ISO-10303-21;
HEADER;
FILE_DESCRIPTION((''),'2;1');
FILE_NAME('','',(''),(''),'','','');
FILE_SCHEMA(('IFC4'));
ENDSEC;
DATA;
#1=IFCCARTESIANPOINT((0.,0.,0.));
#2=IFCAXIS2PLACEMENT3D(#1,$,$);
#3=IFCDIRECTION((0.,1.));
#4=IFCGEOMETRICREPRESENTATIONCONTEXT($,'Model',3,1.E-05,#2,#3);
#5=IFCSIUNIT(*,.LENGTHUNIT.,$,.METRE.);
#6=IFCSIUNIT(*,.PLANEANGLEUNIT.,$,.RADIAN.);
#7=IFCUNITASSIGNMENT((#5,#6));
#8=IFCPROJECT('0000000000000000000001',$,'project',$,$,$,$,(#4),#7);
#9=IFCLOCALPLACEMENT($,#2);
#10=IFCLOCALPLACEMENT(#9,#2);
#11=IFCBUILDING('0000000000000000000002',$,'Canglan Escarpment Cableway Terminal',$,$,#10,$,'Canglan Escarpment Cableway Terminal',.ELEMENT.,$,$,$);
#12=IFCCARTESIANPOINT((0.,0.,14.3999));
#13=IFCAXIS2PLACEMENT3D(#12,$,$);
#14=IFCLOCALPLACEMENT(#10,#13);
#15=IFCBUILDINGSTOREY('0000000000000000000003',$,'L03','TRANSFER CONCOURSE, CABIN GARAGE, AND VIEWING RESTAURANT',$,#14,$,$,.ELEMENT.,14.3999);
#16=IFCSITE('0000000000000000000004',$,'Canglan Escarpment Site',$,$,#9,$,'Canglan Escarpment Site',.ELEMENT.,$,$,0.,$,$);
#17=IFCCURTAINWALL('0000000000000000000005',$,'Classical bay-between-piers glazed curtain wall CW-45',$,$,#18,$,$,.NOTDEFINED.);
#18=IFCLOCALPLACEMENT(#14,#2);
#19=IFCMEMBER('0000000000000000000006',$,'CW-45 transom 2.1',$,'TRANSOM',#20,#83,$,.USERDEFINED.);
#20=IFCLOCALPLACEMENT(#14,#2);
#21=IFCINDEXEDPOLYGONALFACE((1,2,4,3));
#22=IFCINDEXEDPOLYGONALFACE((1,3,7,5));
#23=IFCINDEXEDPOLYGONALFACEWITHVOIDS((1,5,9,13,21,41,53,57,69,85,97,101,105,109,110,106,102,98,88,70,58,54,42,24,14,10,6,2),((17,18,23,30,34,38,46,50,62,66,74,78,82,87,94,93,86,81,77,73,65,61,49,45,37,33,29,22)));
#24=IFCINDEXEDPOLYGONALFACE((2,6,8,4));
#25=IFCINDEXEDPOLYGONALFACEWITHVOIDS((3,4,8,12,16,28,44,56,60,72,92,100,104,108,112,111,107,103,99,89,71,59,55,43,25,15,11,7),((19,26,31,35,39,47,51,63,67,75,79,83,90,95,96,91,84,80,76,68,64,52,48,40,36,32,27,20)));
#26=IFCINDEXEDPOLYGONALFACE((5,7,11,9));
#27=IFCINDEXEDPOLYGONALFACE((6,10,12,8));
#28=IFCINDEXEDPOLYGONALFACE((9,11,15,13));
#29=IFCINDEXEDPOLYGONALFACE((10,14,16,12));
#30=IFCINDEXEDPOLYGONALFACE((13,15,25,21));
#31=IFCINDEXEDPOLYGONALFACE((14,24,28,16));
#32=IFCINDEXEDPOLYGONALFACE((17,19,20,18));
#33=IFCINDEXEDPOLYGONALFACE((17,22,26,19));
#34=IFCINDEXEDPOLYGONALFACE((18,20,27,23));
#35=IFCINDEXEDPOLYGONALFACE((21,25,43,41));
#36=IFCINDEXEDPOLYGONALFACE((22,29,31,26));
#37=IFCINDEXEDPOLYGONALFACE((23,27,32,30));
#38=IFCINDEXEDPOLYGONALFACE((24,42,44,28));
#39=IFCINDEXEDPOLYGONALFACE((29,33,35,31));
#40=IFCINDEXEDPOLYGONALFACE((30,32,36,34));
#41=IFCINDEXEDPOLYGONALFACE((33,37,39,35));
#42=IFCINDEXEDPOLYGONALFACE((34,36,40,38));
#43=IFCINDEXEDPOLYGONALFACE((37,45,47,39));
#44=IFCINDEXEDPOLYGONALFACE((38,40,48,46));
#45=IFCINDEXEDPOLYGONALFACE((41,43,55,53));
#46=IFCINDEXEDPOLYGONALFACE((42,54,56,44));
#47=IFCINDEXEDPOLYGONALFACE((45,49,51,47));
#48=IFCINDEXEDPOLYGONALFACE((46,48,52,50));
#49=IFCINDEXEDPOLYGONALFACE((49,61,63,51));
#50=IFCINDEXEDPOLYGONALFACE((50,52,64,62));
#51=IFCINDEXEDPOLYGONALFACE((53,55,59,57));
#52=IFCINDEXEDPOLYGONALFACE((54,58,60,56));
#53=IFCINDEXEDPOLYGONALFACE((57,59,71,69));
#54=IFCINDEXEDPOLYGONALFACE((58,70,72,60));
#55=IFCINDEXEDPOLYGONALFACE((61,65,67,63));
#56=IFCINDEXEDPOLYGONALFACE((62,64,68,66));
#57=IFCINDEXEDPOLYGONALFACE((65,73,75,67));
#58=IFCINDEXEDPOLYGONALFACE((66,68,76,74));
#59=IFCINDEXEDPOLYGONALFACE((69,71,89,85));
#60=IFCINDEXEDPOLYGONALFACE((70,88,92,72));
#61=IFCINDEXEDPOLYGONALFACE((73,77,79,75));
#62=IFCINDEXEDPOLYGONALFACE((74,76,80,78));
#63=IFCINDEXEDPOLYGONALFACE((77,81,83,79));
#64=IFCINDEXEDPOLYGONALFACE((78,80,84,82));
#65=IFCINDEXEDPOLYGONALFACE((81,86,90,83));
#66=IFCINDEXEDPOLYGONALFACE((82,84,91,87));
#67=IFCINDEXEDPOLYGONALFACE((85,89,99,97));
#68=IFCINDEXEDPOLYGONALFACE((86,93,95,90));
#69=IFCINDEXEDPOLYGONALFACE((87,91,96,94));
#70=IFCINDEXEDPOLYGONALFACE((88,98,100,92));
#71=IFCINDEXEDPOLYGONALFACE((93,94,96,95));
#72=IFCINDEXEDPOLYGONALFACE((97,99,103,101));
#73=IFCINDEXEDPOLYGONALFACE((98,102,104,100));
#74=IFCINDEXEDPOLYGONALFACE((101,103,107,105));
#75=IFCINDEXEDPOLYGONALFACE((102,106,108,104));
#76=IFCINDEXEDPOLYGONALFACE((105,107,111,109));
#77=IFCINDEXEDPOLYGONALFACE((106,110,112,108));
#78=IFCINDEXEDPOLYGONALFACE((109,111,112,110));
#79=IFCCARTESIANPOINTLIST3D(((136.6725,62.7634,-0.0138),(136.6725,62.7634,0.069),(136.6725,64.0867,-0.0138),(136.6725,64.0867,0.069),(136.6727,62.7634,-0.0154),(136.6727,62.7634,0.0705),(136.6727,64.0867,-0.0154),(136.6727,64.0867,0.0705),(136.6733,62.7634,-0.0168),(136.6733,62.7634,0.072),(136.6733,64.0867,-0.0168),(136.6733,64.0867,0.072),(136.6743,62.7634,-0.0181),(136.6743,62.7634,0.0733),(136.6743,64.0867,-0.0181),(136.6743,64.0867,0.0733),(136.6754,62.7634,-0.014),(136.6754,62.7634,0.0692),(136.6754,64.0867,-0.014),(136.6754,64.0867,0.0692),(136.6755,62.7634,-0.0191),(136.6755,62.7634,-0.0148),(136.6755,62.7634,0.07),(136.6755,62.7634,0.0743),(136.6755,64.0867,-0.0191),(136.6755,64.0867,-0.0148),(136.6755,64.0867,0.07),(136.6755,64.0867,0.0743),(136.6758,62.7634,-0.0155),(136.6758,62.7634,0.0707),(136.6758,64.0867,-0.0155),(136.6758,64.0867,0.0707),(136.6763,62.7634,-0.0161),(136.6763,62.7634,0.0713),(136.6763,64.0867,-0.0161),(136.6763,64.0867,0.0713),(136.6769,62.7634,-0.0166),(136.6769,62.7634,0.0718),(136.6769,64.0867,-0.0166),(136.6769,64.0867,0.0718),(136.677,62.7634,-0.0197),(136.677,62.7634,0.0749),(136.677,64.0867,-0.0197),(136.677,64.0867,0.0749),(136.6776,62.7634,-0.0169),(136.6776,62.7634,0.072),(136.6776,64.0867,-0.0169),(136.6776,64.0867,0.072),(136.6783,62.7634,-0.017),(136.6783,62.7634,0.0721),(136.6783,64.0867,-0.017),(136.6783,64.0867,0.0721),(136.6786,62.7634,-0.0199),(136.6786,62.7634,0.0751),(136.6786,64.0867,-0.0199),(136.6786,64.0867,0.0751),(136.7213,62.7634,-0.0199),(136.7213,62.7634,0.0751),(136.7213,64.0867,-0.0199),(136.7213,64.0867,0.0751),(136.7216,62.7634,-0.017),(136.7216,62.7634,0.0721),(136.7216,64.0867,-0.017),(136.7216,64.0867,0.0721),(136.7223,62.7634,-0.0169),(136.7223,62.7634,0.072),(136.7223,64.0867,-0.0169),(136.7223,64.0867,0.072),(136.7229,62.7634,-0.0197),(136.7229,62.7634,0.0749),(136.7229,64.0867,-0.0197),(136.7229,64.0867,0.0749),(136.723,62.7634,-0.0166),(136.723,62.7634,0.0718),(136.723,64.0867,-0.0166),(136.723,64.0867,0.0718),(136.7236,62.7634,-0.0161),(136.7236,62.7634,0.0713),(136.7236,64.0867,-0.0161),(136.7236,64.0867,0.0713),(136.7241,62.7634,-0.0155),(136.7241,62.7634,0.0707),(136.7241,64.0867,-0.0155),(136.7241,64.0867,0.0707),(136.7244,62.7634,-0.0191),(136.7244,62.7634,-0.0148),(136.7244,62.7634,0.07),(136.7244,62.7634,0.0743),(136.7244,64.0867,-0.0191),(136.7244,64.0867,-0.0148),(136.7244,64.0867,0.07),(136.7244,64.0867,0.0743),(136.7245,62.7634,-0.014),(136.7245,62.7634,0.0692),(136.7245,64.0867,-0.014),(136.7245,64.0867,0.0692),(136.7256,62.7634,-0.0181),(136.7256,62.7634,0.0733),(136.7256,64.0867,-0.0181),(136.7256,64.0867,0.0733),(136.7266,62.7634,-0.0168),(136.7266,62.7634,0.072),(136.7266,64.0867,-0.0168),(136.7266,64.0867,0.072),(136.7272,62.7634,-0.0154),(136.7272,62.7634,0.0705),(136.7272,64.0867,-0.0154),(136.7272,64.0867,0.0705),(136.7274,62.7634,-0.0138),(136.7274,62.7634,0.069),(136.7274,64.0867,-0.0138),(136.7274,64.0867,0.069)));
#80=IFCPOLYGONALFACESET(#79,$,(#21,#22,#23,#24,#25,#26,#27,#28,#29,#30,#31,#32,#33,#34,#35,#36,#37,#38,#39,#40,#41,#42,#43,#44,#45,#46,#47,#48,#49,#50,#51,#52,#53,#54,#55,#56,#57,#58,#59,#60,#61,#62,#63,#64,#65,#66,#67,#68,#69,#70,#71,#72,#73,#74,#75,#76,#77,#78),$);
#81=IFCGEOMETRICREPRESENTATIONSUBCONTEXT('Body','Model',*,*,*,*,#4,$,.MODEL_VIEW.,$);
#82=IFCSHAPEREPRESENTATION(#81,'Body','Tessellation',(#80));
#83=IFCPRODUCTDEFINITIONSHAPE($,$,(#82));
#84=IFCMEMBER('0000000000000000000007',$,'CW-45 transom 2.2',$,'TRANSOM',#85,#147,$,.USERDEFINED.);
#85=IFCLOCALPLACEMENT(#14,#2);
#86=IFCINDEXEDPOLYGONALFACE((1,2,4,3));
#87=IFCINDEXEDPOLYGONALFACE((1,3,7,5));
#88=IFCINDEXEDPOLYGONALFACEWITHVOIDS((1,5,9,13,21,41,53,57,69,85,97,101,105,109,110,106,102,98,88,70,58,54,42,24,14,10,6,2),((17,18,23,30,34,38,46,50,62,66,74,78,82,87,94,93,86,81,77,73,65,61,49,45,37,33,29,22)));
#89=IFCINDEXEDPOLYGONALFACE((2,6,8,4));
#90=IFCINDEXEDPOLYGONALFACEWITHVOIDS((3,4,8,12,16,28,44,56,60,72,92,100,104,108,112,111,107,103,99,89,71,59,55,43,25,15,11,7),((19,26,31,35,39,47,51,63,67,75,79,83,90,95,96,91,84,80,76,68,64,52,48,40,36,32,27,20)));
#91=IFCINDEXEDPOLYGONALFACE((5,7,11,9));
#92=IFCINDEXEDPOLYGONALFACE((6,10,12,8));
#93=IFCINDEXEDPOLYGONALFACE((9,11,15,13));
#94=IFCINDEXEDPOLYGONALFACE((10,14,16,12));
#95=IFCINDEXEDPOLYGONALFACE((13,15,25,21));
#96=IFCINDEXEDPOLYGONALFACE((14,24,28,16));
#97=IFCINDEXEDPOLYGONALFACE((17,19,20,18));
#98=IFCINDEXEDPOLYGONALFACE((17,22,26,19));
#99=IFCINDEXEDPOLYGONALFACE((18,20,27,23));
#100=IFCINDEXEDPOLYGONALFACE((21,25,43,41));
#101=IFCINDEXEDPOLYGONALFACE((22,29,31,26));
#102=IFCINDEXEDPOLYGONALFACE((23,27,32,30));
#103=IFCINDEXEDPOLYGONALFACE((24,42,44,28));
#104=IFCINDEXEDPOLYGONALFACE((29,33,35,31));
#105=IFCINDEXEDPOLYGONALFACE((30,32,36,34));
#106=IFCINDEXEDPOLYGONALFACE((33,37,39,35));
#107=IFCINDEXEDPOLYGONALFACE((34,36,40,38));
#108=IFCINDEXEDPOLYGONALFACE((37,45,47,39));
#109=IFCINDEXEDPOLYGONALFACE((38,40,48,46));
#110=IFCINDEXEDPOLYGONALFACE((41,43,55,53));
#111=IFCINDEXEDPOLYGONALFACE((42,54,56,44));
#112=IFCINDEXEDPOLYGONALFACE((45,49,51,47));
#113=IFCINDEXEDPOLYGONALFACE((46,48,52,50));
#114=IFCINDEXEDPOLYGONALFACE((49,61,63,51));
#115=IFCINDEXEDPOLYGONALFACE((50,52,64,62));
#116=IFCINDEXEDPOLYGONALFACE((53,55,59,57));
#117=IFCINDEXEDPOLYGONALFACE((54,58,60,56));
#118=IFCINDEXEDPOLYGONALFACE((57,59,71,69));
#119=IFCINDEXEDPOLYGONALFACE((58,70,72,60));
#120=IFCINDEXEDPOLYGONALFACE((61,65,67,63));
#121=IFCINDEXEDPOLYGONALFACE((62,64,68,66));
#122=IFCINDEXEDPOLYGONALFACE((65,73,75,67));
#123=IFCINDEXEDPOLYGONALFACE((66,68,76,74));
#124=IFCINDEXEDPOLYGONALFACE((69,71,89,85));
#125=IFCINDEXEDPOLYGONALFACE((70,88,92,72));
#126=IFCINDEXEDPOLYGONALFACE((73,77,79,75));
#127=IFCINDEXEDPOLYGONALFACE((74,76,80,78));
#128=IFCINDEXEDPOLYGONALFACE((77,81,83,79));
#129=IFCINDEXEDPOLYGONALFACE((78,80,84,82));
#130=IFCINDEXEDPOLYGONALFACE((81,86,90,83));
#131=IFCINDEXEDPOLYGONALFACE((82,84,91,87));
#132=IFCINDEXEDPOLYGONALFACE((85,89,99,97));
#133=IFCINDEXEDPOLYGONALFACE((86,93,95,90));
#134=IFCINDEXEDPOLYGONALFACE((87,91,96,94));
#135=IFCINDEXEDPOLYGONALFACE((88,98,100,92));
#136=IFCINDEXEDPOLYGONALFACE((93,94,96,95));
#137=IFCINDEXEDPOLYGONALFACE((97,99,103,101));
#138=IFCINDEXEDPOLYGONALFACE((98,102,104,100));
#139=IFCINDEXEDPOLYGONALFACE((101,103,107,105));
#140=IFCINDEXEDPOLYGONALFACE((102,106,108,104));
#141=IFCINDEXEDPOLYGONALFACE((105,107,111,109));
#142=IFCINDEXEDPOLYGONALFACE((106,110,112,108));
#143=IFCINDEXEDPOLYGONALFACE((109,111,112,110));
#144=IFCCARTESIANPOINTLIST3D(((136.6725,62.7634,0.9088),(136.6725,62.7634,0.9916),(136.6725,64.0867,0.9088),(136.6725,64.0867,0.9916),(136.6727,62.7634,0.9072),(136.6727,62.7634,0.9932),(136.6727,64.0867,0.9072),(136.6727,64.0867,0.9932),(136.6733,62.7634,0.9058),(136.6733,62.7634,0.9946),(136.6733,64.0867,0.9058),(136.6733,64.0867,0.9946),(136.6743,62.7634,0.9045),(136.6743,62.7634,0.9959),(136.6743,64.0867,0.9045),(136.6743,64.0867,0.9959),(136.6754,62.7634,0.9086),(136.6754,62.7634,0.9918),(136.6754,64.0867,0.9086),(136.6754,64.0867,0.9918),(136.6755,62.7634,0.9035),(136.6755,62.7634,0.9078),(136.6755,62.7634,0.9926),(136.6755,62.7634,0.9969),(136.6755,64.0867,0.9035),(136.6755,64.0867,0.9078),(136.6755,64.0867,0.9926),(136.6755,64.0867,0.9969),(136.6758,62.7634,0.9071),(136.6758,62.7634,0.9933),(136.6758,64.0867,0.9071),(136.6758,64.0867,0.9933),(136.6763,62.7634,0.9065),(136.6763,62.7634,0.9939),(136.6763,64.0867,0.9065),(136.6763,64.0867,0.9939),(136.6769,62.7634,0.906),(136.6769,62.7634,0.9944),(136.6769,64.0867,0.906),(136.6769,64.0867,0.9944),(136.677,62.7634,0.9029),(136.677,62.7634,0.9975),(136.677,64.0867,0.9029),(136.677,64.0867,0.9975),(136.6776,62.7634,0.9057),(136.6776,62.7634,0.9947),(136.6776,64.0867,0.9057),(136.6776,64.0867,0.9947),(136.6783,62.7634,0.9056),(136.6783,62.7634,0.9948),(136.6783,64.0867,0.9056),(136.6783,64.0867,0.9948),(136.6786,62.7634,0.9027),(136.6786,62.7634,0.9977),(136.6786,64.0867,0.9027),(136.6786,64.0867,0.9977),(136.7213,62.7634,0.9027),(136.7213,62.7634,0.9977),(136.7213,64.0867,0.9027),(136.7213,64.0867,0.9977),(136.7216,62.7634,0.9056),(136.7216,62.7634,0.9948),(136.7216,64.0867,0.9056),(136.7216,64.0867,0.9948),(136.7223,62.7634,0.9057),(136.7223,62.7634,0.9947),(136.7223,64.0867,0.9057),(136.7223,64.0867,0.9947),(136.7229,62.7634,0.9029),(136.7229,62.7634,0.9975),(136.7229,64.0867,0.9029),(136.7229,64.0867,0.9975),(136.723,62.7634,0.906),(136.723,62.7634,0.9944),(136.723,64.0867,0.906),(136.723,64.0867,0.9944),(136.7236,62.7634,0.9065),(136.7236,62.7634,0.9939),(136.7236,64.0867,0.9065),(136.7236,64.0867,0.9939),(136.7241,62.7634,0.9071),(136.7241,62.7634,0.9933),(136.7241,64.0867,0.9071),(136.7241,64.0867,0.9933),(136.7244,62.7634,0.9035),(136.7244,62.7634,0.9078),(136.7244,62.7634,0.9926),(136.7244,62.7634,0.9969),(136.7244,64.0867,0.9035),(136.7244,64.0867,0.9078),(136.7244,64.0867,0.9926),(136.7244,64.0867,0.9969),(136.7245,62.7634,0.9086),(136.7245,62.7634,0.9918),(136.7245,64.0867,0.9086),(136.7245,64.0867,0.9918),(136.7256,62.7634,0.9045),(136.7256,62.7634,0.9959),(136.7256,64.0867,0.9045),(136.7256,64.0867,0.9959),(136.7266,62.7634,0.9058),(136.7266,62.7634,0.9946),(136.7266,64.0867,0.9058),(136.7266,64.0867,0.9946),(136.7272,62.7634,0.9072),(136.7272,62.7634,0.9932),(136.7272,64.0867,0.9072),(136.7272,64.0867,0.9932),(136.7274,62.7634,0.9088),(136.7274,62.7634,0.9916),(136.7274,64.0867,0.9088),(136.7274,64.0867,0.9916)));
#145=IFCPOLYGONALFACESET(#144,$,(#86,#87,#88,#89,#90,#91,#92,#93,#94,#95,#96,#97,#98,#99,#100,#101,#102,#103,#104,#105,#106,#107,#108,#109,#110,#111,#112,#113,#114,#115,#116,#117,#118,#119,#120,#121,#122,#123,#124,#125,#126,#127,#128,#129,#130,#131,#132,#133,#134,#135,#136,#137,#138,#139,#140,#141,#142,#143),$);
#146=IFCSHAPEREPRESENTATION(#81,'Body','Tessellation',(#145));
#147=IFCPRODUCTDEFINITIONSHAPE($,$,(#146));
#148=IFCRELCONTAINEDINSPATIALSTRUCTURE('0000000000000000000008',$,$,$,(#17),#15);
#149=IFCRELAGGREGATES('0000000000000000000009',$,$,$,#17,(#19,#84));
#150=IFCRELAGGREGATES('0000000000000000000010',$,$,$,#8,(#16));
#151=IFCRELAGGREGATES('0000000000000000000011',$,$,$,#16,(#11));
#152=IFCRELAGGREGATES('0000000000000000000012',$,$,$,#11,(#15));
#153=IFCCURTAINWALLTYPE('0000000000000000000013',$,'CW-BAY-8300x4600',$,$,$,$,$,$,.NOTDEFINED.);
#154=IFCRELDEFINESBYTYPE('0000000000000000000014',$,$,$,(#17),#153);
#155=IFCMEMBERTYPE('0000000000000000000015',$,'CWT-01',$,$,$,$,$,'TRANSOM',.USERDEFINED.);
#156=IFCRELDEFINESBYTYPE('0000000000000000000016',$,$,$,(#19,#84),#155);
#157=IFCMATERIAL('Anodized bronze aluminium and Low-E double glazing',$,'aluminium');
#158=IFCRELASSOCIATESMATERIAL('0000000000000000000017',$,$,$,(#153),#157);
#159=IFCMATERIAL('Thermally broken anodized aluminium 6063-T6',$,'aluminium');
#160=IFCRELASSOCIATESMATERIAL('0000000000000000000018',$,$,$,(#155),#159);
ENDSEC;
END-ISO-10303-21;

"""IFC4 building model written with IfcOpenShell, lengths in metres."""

from ifc_helpers import new_model, si_unit, direction, frame, origin, origin_2d, place, context, subcontext, project, spatial, hollow_rectangle, extrude, material, material_profile, profile_set, type_object, element, aggregate, save


model = new_model("IFC4")

# Units and contexts
model_context = context("Model", 3, precision=1e-05, world=origin(), true_north=direction((0.0, 1.0)))
body_context = subcontext(model_context, "Body", "Model", "MODEL_VIEW")
ifc_project = project(units=[si_unit("LENGTHUNIT", "METRE"), si_unit("PLANEANGLEUNIT", "RADIAN")], contexts=[model_context])

# Site, building, storey
site_placement = place(None, origin())
site = spatial("IfcSite", under=ifc_project, at=site_placement, Name="Canglan Escarpment Site", LongName="Canglan Escarpment Site", CompositionType="ELEMENT", RefElevation=0.0)
building_placement = place(site_placement, origin())
building = spatial("IfcBuilding", under=site, at=building_placement, Name="Canglan Escarpment Cableway Terminal", LongName="Canglan Escarpment Cableway Terminal", CompositionType="ELEMENT")
storey_placement = place(building_placement, frame((0.0, 0.0, 14.3999)))
storey = spatial("IfcBuildingStorey", under=building, at=storey_placement, Name="L03", Description="TRANSFER CONCOURSE, CABIN GARAGE, AND VIEWING RESTAURANT", CompositionType="ELEMENT", Elevation=14.3999)

# Curtain wall, members
ifc_material_1 = material(Name="Anodized bronze aluminium and Low-E double glazing", Category="aluminium")
curtain_wall_type = type_object("IfcCurtainWallType", Name="CW-BAY-8300x4600", PredefinedType="NOTDEFINED", material=ifc_material_1)
curtain_wall_placement = place(storey_placement, origin())
curtain_wall = element("IfcCurtainWall", 1, at=curtain_wall_placement, inside=storey, type_object=curtain_wall_type, Name="Classical bay-between-piers glazed curtain wall CW-45", PredefinedType="NOTDEFINED")
ifc_material_2 = material(Name="Thermally broken anodized aluminium 6063-T6", Category="aluminium")
ifc_material_profile_1 = material_profile(ifc_material_2, hollow_rectangle(XDim=0.0549, YDim=0.095, WallThickness=0.0029, InnerFilletRadius=0.0029, OuterFilletRadius=0.0061, at=origin_2d()), Name="ALU-TRAN 55x95x3")
ifc_profile_set_1 = profile_set([ifc_material_profile_1], Name="Thermally broken anodized aluminium 6063-T6")
member_type_1 = type_object("IfcMemberType", Name="CWT-01", ElementType="TRANSOM", PredefinedType="USERDEFINED", material=ifc_profile_set_1)
member_1_placement = place(storey_placement, frame((136.7, 62.7634, 0.0276), z_axis=(0.0, 1.0, 0.0), x_axis=(-1.0, 0.0, 0.0)))
member_1 = element("IfcMember", 2, at=member_1_placement, type_object=member_type_1, Name="CW-45 transom 2.1", ObjectType="TRANSOM", PredefinedType="USERDEFINED", context=body_context, shape_type="SweptSolid", body=[
    extrude(hollow_rectangle(XDim=0.0549, YDim=0.095, WallThickness=0.0029, InnerFilletRadius=0.0029, OuterFilletRadius=0.0061, at=origin_2d()), origin(), (0.0, 0.0, 1.0), 1.3232),
])
member_2_placement = place(storey_placement, frame((136.7, 62.7634, 0.9502), z_axis=(0.0, 1.0, 0.0), x_axis=(-1.0, 0.0, 0.0)))
member_2 = element("IfcMember", 3, at=member_2_placement, type_object=member_type_1, Name="CW-45 transom 2.2", ObjectType="TRANSOM", PredefinedType="USERDEFINED", context=body_context, shape_type="SweptSolid", body=[
    extrude(hollow_rectangle(XDim=0.0549, YDim=0.095, WallThickness=0.0029, InnerFilletRadius=0.0029, OuterFilletRadius=0.0061, at=origin_2d()), origin(), (0.0, 0.0, 1.0), 1.3232),
])

aggregate(curtain_wall, [member_1, member_2])

save(model, "model.ifc")
